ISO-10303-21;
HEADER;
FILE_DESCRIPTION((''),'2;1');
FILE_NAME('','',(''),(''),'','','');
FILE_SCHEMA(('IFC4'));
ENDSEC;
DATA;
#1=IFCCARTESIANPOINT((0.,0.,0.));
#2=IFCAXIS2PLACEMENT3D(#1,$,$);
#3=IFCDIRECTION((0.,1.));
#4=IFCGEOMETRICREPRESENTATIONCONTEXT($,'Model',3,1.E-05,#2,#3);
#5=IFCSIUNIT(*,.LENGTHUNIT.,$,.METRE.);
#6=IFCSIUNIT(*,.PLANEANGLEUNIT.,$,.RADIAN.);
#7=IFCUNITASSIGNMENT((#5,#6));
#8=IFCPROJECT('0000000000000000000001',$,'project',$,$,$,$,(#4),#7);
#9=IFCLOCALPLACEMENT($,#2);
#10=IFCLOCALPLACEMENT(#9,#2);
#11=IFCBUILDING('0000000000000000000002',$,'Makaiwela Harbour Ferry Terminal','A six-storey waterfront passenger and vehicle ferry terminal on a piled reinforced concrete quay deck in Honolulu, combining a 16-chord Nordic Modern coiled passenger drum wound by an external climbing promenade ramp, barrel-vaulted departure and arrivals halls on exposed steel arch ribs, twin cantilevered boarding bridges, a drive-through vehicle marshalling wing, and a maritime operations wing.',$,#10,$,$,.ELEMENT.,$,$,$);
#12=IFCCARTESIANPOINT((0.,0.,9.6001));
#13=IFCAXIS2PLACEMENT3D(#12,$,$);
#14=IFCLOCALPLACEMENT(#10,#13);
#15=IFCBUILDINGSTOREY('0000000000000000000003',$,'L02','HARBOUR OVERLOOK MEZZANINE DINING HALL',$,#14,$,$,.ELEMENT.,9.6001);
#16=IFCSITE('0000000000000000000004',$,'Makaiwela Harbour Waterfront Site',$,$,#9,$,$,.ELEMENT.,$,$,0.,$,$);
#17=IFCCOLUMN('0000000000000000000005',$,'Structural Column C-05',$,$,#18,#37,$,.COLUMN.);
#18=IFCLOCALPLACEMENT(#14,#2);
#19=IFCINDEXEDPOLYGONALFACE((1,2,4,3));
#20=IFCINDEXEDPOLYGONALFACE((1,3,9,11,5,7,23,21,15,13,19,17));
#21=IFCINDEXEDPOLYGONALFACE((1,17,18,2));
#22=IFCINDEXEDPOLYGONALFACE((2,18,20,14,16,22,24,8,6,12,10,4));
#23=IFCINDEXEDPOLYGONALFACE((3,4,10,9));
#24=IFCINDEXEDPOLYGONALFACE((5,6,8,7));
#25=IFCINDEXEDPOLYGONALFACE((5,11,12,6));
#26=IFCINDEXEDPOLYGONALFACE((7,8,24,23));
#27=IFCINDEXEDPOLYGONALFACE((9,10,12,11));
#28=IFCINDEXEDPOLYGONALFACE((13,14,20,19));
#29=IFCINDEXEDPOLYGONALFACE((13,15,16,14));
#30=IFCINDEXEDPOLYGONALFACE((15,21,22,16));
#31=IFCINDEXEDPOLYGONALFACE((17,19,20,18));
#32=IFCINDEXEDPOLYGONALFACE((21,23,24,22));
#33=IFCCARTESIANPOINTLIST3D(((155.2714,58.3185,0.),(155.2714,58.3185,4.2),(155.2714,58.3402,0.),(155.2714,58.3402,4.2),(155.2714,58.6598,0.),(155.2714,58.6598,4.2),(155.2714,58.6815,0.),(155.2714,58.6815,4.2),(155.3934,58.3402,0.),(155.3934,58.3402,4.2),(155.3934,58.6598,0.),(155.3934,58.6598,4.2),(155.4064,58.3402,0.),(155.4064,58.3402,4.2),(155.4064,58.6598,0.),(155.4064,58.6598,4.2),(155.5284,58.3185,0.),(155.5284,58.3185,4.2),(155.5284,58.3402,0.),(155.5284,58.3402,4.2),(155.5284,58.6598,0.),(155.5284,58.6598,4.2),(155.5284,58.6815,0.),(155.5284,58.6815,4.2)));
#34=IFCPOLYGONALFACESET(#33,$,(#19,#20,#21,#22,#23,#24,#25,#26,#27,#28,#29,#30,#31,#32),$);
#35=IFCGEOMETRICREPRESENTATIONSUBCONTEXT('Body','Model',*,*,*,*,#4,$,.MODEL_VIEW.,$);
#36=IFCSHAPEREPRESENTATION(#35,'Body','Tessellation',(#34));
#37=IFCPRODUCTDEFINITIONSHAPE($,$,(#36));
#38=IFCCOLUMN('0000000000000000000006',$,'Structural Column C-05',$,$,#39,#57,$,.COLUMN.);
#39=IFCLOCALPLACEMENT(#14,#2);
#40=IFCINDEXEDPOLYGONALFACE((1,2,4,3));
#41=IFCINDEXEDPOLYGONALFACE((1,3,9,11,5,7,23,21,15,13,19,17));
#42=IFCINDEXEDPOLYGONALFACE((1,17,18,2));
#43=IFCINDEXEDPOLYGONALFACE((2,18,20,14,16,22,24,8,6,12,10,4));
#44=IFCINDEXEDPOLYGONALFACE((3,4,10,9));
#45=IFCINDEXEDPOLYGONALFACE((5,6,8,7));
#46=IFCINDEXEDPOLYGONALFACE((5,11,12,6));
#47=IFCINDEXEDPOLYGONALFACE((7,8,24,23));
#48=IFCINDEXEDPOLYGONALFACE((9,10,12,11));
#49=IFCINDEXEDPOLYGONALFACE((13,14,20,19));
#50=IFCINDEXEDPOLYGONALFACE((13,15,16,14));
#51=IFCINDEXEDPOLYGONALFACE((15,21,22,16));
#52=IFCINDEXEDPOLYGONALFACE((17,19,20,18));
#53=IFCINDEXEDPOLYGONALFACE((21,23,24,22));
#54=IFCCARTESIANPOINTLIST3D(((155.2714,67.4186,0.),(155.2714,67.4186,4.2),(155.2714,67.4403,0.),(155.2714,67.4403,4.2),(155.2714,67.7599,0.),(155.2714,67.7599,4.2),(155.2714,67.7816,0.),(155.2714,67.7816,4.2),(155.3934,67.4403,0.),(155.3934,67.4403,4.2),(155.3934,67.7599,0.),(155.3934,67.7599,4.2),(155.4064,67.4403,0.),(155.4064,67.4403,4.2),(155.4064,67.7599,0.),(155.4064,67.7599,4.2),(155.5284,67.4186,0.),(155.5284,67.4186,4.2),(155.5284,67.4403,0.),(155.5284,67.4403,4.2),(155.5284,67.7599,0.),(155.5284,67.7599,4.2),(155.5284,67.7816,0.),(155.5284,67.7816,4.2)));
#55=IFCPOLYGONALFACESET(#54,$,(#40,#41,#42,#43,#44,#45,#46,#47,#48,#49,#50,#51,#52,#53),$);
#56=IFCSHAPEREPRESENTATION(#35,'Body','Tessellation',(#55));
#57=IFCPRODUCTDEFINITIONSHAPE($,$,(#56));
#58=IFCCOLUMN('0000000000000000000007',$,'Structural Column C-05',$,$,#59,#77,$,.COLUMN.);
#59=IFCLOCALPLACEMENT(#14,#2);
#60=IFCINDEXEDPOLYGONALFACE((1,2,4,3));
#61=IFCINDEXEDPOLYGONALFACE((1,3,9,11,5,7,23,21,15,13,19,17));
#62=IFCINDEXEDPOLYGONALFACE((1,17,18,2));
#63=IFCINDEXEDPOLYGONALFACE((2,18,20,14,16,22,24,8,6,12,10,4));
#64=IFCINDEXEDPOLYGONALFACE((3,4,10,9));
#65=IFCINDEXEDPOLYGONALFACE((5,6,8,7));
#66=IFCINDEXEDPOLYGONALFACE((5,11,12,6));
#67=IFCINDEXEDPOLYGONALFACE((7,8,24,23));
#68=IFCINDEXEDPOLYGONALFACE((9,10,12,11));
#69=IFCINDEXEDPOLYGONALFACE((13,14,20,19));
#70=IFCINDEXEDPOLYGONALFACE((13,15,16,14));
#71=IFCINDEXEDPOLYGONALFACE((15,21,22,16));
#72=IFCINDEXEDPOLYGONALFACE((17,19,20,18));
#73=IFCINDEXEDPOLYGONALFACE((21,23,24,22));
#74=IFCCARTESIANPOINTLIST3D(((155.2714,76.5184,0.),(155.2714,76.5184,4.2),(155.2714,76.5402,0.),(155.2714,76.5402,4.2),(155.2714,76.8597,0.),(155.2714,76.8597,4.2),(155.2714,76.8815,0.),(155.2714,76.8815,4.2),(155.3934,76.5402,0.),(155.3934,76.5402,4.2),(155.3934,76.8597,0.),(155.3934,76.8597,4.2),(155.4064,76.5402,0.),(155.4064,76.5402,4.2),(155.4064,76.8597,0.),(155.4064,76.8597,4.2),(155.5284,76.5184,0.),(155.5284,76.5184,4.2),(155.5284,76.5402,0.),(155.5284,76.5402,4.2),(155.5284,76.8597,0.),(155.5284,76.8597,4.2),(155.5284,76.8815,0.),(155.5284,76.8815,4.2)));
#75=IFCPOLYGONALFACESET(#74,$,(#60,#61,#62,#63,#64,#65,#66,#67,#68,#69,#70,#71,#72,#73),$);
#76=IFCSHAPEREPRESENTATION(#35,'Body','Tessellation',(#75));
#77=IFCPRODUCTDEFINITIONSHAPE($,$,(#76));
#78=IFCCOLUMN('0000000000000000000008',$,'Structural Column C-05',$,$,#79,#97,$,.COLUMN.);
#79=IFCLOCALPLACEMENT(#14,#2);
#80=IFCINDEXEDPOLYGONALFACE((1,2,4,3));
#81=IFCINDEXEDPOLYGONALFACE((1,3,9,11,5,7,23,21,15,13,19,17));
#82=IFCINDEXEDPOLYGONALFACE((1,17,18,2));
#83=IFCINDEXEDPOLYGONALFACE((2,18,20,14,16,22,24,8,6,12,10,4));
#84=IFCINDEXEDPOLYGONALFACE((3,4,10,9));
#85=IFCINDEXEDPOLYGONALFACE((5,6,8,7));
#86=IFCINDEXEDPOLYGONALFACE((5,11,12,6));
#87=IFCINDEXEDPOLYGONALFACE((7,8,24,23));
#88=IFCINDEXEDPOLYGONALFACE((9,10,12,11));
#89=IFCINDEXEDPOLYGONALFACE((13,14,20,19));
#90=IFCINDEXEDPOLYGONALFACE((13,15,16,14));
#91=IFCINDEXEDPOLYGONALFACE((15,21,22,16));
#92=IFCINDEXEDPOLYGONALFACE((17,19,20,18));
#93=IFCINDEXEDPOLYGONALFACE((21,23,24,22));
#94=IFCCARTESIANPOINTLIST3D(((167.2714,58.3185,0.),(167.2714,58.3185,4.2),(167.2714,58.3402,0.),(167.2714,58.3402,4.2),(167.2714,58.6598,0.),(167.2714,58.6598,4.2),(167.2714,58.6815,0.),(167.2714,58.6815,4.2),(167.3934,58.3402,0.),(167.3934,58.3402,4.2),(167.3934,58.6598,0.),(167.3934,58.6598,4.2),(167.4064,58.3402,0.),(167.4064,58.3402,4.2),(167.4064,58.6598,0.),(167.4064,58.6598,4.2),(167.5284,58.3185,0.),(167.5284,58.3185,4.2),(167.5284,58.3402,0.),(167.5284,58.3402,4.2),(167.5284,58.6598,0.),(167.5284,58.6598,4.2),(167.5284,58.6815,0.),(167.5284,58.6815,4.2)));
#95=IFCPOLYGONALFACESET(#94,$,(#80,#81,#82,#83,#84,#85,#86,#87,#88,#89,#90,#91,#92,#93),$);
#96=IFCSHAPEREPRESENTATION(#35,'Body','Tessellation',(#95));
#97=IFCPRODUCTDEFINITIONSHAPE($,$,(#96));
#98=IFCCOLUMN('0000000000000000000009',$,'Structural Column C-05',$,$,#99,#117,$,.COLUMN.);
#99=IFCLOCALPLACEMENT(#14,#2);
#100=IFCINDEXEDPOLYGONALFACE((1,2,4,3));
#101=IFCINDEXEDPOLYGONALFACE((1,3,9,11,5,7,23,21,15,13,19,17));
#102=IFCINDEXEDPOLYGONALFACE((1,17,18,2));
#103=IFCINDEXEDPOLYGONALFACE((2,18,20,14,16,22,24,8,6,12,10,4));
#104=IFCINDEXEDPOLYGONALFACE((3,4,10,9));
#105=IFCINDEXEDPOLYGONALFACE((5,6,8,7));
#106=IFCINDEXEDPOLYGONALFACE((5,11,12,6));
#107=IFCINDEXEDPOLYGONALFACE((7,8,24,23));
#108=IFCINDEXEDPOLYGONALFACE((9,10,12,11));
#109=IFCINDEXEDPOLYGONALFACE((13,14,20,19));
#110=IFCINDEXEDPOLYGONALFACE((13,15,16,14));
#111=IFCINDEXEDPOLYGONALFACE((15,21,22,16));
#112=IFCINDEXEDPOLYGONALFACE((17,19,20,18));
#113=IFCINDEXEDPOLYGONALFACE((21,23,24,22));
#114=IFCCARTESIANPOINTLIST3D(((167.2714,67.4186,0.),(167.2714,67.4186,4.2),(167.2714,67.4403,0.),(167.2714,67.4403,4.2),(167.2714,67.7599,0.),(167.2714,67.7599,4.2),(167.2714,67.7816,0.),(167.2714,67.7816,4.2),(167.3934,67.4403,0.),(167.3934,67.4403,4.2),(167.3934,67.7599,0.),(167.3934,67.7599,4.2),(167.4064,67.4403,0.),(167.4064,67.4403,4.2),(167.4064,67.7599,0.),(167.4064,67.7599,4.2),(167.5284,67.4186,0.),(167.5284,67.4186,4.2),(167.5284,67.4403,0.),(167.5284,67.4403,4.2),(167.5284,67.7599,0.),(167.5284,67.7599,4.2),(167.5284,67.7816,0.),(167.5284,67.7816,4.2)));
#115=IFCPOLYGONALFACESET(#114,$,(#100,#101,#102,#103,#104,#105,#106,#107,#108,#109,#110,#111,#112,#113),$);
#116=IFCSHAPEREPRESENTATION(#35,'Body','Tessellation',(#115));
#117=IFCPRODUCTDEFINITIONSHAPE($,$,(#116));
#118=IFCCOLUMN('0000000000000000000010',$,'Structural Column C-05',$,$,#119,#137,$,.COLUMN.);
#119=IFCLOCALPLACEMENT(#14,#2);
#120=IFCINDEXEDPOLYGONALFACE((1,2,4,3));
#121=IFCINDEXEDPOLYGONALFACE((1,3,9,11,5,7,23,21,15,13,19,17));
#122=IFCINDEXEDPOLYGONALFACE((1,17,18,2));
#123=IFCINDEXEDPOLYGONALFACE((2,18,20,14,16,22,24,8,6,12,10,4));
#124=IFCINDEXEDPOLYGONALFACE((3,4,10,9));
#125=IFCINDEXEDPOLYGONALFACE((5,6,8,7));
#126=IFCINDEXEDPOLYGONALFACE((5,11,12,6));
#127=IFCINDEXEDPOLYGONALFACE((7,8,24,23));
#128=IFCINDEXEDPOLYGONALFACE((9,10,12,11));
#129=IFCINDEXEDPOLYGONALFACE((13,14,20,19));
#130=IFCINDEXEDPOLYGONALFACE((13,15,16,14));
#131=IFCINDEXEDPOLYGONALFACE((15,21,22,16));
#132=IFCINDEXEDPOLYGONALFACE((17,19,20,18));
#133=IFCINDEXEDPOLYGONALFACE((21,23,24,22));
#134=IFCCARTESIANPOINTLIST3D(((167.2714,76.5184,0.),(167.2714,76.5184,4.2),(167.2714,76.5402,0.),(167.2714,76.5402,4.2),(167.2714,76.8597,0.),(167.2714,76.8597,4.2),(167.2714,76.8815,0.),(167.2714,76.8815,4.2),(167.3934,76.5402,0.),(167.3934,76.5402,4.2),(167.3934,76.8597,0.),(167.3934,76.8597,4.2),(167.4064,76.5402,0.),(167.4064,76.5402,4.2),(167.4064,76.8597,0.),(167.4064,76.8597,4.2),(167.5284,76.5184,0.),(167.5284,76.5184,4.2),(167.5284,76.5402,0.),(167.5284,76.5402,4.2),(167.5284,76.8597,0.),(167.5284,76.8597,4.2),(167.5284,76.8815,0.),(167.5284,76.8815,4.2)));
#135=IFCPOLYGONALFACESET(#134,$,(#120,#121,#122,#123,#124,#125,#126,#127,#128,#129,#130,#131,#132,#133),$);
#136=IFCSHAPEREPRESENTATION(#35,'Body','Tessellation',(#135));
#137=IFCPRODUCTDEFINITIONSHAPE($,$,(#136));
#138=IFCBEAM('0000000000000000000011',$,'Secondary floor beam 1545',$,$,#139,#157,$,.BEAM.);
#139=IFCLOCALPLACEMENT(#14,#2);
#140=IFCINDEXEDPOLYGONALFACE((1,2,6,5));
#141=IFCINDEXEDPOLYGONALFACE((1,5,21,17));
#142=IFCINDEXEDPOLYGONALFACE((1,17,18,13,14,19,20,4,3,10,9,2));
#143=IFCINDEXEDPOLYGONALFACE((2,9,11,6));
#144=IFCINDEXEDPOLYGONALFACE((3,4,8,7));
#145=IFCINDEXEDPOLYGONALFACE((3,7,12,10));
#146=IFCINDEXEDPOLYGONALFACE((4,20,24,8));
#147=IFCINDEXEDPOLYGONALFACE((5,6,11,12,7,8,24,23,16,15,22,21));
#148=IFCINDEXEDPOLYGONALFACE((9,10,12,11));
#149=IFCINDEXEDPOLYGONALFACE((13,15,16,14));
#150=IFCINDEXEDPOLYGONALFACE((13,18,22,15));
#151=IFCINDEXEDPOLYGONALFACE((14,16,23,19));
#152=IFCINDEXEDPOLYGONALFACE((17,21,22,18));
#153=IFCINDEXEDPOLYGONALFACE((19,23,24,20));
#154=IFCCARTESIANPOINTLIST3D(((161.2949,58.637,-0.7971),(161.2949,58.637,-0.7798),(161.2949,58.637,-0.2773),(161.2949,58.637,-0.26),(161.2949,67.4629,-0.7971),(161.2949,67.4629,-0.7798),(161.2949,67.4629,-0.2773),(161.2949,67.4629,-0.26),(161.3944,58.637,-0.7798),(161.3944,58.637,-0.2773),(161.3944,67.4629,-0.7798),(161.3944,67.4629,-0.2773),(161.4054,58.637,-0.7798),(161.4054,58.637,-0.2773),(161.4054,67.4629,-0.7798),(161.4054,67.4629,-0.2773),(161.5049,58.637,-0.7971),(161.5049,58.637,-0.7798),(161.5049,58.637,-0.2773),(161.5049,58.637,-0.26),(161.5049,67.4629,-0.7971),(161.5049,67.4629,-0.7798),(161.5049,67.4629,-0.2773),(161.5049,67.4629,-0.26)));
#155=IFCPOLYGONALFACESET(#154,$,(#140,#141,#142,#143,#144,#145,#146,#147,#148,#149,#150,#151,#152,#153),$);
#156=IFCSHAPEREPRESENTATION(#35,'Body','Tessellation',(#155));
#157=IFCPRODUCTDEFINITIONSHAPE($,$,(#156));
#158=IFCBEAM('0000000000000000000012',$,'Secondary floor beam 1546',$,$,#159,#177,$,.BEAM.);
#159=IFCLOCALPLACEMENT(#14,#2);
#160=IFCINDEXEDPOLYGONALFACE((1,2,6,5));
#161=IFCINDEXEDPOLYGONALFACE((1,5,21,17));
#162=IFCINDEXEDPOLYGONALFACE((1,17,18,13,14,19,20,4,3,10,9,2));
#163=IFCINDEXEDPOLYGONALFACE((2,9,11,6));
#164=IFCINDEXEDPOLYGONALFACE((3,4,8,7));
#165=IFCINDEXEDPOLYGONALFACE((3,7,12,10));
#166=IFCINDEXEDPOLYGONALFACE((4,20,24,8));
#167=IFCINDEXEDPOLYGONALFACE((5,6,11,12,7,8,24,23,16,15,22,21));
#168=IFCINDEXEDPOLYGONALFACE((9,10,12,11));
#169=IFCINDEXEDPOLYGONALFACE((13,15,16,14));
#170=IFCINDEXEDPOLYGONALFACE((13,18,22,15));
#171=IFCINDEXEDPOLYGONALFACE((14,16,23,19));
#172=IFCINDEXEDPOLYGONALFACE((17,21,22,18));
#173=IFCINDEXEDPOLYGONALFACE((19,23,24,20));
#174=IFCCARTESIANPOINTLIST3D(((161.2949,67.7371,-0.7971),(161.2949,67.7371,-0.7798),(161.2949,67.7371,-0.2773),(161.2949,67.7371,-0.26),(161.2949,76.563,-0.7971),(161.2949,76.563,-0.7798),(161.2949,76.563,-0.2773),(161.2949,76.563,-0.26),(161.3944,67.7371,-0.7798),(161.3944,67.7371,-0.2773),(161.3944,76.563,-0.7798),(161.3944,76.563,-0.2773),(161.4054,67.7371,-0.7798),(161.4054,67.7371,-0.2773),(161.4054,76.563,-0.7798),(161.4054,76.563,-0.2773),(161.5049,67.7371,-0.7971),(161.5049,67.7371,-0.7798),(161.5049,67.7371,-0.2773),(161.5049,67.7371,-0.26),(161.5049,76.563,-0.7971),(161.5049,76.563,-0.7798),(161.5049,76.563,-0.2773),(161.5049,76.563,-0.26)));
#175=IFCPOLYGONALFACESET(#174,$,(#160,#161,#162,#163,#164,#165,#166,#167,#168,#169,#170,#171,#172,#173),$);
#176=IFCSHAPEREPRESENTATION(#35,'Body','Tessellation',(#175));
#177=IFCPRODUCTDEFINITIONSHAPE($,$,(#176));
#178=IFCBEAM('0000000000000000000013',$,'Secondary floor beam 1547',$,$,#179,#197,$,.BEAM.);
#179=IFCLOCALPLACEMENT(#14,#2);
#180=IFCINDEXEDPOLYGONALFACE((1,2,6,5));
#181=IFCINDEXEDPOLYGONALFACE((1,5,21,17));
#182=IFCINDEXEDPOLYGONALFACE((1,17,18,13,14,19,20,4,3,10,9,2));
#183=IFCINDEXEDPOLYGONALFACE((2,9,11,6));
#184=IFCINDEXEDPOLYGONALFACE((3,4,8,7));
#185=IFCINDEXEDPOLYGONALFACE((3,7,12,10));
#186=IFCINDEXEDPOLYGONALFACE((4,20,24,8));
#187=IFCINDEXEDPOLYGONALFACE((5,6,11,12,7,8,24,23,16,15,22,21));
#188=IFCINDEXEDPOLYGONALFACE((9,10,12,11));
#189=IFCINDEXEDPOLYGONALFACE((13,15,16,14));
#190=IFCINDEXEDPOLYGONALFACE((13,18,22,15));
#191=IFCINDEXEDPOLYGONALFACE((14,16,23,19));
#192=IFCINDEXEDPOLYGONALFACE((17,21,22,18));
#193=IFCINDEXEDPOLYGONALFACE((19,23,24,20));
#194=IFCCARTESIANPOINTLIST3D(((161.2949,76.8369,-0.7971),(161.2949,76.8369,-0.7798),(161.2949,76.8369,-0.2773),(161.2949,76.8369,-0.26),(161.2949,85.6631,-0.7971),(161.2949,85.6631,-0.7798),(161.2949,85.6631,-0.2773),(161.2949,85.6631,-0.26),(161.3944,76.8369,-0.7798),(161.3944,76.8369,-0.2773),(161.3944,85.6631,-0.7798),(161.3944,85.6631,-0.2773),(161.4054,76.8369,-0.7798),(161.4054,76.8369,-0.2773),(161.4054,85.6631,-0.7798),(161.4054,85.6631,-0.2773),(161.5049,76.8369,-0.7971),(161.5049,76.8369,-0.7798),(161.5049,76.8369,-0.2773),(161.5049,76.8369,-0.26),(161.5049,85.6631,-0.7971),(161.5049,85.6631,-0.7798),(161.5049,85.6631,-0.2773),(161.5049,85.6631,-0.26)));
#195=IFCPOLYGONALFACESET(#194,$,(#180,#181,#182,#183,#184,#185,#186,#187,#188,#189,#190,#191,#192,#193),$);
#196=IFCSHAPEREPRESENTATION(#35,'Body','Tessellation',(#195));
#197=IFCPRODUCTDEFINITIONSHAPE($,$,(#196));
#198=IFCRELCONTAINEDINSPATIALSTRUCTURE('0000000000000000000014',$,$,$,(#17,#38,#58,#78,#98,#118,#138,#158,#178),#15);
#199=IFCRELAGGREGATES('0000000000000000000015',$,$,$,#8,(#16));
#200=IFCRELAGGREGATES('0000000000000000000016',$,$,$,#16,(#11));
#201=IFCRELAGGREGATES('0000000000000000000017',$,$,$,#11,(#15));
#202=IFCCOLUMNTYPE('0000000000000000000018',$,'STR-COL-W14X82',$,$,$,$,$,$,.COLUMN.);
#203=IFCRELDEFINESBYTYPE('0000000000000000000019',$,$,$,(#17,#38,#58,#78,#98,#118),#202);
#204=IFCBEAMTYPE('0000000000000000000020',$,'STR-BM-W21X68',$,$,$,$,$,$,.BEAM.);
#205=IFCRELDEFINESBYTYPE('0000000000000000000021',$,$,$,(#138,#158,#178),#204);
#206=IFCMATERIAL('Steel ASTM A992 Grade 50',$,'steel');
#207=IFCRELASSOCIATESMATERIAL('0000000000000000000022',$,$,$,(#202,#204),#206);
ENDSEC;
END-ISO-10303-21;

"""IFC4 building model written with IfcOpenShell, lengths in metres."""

from ifc_helpers import new_model, si_unit, direction, frame, origin, origin_2d, place, context, subcontext, project, spatial, i_section, extrude, material, material_profile, profile_set, type_object, element, save


model = new_model("IFC4")

# Units and contexts
model_context = context("Model", 3, precision=1e-05, world=origin(), true_north=direction((0.0, 1.0)))
body_context = subcontext(model_context, "Body", "Model", "MODEL_VIEW")
ifc_project = project(units=[si_unit("LENGTHUNIT", "METRE"), si_unit("PLANEANGLEUNIT", "RADIAN")], contexts=[model_context])

# Site, building, storey
site_placement = place(None, origin())
site = spatial("IfcSite", under=ifc_project, at=site_placement, Name="Makaiwela Harbour Waterfront Site", CompositionType="ELEMENT", RefElevation=0.0)
building_placement = place(site_placement, origin())
building = spatial("IfcBuilding", under=site, at=building_placement, Name="Makaiwela Harbour Ferry Terminal", Description="A six-storey waterfront passenger and vehicle ferry terminal on a piled reinforced concrete quay deck in Honolulu, combining a 16-chord Nordic Modern coiled passenger drum wound by an external climbing promenade ramp, barrel-vaulted departure and arrivals halls on exposed steel arch ribs, twin cantilevered boarding bridges, a drive-through vehicle marshalling wing, and a maritime operations wing.", CompositionType="ELEMENT")
storey_placement = place(building_placement, frame((0.0, 0.0, 9.6001)))
storey = spatial("IfcBuildingStorey", under=building, at=storey_placement, Name="L02", Description="HARBOUR OVERLOOK MEZZANINE DINING HALL", CompositionType="ELEMENT", Elevation=9.6001)

# Columns
ifc_material_1 = material(Name="Steel ASTM A992 Grade 50", Category="steel")
ifc_material_profile_1 = material_profile(ifc_material_1, i_section(OverallWidth=0.2571, OverallDepth=0.363, WebThickness=0.0129, FlangeThickness=0.0217, at=origin_2d()), Name="W14X82")
ifc_profile_set_1 = profile_set([ifc_material_profile_1], Name="Steel ASTM A992 Grade 50")
column_type = type_object("IfcColumnType", Name="STR-COL-W14X82", PredefinedType="COLUMN", material=ifc_profile_set_1)
for number, where, z_axis, x_axis, name in (
    (1, (155.3999, 58.5, 0.0), (0.0, 0.0, 1.0), (1.0, 0.0, 0.0), "Structural Column C-05"),
    (2, (155.3999, 67.6001, 0.0), (0.0, 0.0, 1.0), (1.0, 0.0, 0.0), "Structural Column C-05"),
    (3, (155.3999, 76.7, 0.0), (0.0, 0.0, 1.0), (1.0, 0.0, 0.0), "Structural Column C-05"),
    (4, (167.3999, 58.5, 0.0), (0.0, 0.0, 1.0), (1.0, 0.0, 0.0), "Structural Column C-05"),
    (5, (167.3999, 67.6001, 0.0), (0.0, 0.0, 1.0), (1.0, 0.0, 0.0), "Structural Column C-05"),
    (6, (167.3999, 76.7, 0.0), (0.0, 0.0, 1.0), (1.0, 0.0, 0.0), "Structural Column C-05"),
):
    element("IfcColumn", number, at=place(storey_placement, frame(where, z_axis=z_axis, x_axis=x_axis)), inside=storey, type_object=column_type, Name=name, PredefinedType="COLUMN", context=body_context, shape_type="SweptSolid", body=[
        extrude(i_section(OverallWidth=0.2571, OverallDepth=0.363, WebThickness=0.0129, FlangeThickness=0.0217, at=origin_2d()), origin(), (0.0, 0.0, 1.0), 4.2),
    ])

# Beams
ifc_material_profile_2 = material_profile(ifc_material_1, i_section(OverallWidth=0.21, OverallDepth=0.5371, WebThickness=0.011, FlangeThickness=0.0173, at=origin_2d()), Name="W21X68")
ifc_profile_set_2 = profile_set([ifc_material_profile_2], Name="Steel ASTM A992 Grade 50")
beam_type_1 = type_object("IfcBeamType", Name="STR-BM-W21X68", PredefinedType="BEAM", material=ifc_profile_set_2)
for number, where, z_axis, x_axis, name in (
    (7, (161.3999, 58.637, -0.5286), (0.0, 1.0, 0.0), (-1.0, 0.0, 0.0), "Secondary floor beam 1545"),
    (8, (161.3999, 67.7371, -0.5286), (0.0, 1.0, 0.0), (-1.0, 0.0, 0.0), "Secondary floor beam 1546"),
):
    element("IfcBeam", number, at=place(storey_placement, frame(where, z_axis=z_axis, x_axis=x_axis)), inside=storey, type_object=beam_type_1, Name=name, PredefinedType="BEAM", context=body_context, shape_type="SweptSolid", body=[
        extrude(i_section(OverallWidth=0.21, OverallDepth=0.5371, WebThickness=0.011, FlangeThickness=0.0173, at=origin_2d()), origin(), (0.0, 0.0, 1.0), 8.8259),
    ])
beam_1_placement = place(storey_placement, frame((161.3999, 76.8369, -0.5286), z_axis=(0.0, 1.0, 0.0), x_axis=(-1.0, 0.0, 0.0)))
element("IfcBeam", 9, at=beam_1_placement, inside=storey, type_object=beam_type_1, Name="Secondary floor beam 1547", PredefinedType="BEAM", context=body_context, shape_type="SweptSolid", body=[
    extrude(i_section(OverallWidth=0.21, OverallDepth=0.5371, WebThickness=0.011, FlangeThickness=0.0173, at=origin_2d()), origin(), (0.0, 0.0, 1.0), 8.8262),
])

save(model, "model.ifc")
